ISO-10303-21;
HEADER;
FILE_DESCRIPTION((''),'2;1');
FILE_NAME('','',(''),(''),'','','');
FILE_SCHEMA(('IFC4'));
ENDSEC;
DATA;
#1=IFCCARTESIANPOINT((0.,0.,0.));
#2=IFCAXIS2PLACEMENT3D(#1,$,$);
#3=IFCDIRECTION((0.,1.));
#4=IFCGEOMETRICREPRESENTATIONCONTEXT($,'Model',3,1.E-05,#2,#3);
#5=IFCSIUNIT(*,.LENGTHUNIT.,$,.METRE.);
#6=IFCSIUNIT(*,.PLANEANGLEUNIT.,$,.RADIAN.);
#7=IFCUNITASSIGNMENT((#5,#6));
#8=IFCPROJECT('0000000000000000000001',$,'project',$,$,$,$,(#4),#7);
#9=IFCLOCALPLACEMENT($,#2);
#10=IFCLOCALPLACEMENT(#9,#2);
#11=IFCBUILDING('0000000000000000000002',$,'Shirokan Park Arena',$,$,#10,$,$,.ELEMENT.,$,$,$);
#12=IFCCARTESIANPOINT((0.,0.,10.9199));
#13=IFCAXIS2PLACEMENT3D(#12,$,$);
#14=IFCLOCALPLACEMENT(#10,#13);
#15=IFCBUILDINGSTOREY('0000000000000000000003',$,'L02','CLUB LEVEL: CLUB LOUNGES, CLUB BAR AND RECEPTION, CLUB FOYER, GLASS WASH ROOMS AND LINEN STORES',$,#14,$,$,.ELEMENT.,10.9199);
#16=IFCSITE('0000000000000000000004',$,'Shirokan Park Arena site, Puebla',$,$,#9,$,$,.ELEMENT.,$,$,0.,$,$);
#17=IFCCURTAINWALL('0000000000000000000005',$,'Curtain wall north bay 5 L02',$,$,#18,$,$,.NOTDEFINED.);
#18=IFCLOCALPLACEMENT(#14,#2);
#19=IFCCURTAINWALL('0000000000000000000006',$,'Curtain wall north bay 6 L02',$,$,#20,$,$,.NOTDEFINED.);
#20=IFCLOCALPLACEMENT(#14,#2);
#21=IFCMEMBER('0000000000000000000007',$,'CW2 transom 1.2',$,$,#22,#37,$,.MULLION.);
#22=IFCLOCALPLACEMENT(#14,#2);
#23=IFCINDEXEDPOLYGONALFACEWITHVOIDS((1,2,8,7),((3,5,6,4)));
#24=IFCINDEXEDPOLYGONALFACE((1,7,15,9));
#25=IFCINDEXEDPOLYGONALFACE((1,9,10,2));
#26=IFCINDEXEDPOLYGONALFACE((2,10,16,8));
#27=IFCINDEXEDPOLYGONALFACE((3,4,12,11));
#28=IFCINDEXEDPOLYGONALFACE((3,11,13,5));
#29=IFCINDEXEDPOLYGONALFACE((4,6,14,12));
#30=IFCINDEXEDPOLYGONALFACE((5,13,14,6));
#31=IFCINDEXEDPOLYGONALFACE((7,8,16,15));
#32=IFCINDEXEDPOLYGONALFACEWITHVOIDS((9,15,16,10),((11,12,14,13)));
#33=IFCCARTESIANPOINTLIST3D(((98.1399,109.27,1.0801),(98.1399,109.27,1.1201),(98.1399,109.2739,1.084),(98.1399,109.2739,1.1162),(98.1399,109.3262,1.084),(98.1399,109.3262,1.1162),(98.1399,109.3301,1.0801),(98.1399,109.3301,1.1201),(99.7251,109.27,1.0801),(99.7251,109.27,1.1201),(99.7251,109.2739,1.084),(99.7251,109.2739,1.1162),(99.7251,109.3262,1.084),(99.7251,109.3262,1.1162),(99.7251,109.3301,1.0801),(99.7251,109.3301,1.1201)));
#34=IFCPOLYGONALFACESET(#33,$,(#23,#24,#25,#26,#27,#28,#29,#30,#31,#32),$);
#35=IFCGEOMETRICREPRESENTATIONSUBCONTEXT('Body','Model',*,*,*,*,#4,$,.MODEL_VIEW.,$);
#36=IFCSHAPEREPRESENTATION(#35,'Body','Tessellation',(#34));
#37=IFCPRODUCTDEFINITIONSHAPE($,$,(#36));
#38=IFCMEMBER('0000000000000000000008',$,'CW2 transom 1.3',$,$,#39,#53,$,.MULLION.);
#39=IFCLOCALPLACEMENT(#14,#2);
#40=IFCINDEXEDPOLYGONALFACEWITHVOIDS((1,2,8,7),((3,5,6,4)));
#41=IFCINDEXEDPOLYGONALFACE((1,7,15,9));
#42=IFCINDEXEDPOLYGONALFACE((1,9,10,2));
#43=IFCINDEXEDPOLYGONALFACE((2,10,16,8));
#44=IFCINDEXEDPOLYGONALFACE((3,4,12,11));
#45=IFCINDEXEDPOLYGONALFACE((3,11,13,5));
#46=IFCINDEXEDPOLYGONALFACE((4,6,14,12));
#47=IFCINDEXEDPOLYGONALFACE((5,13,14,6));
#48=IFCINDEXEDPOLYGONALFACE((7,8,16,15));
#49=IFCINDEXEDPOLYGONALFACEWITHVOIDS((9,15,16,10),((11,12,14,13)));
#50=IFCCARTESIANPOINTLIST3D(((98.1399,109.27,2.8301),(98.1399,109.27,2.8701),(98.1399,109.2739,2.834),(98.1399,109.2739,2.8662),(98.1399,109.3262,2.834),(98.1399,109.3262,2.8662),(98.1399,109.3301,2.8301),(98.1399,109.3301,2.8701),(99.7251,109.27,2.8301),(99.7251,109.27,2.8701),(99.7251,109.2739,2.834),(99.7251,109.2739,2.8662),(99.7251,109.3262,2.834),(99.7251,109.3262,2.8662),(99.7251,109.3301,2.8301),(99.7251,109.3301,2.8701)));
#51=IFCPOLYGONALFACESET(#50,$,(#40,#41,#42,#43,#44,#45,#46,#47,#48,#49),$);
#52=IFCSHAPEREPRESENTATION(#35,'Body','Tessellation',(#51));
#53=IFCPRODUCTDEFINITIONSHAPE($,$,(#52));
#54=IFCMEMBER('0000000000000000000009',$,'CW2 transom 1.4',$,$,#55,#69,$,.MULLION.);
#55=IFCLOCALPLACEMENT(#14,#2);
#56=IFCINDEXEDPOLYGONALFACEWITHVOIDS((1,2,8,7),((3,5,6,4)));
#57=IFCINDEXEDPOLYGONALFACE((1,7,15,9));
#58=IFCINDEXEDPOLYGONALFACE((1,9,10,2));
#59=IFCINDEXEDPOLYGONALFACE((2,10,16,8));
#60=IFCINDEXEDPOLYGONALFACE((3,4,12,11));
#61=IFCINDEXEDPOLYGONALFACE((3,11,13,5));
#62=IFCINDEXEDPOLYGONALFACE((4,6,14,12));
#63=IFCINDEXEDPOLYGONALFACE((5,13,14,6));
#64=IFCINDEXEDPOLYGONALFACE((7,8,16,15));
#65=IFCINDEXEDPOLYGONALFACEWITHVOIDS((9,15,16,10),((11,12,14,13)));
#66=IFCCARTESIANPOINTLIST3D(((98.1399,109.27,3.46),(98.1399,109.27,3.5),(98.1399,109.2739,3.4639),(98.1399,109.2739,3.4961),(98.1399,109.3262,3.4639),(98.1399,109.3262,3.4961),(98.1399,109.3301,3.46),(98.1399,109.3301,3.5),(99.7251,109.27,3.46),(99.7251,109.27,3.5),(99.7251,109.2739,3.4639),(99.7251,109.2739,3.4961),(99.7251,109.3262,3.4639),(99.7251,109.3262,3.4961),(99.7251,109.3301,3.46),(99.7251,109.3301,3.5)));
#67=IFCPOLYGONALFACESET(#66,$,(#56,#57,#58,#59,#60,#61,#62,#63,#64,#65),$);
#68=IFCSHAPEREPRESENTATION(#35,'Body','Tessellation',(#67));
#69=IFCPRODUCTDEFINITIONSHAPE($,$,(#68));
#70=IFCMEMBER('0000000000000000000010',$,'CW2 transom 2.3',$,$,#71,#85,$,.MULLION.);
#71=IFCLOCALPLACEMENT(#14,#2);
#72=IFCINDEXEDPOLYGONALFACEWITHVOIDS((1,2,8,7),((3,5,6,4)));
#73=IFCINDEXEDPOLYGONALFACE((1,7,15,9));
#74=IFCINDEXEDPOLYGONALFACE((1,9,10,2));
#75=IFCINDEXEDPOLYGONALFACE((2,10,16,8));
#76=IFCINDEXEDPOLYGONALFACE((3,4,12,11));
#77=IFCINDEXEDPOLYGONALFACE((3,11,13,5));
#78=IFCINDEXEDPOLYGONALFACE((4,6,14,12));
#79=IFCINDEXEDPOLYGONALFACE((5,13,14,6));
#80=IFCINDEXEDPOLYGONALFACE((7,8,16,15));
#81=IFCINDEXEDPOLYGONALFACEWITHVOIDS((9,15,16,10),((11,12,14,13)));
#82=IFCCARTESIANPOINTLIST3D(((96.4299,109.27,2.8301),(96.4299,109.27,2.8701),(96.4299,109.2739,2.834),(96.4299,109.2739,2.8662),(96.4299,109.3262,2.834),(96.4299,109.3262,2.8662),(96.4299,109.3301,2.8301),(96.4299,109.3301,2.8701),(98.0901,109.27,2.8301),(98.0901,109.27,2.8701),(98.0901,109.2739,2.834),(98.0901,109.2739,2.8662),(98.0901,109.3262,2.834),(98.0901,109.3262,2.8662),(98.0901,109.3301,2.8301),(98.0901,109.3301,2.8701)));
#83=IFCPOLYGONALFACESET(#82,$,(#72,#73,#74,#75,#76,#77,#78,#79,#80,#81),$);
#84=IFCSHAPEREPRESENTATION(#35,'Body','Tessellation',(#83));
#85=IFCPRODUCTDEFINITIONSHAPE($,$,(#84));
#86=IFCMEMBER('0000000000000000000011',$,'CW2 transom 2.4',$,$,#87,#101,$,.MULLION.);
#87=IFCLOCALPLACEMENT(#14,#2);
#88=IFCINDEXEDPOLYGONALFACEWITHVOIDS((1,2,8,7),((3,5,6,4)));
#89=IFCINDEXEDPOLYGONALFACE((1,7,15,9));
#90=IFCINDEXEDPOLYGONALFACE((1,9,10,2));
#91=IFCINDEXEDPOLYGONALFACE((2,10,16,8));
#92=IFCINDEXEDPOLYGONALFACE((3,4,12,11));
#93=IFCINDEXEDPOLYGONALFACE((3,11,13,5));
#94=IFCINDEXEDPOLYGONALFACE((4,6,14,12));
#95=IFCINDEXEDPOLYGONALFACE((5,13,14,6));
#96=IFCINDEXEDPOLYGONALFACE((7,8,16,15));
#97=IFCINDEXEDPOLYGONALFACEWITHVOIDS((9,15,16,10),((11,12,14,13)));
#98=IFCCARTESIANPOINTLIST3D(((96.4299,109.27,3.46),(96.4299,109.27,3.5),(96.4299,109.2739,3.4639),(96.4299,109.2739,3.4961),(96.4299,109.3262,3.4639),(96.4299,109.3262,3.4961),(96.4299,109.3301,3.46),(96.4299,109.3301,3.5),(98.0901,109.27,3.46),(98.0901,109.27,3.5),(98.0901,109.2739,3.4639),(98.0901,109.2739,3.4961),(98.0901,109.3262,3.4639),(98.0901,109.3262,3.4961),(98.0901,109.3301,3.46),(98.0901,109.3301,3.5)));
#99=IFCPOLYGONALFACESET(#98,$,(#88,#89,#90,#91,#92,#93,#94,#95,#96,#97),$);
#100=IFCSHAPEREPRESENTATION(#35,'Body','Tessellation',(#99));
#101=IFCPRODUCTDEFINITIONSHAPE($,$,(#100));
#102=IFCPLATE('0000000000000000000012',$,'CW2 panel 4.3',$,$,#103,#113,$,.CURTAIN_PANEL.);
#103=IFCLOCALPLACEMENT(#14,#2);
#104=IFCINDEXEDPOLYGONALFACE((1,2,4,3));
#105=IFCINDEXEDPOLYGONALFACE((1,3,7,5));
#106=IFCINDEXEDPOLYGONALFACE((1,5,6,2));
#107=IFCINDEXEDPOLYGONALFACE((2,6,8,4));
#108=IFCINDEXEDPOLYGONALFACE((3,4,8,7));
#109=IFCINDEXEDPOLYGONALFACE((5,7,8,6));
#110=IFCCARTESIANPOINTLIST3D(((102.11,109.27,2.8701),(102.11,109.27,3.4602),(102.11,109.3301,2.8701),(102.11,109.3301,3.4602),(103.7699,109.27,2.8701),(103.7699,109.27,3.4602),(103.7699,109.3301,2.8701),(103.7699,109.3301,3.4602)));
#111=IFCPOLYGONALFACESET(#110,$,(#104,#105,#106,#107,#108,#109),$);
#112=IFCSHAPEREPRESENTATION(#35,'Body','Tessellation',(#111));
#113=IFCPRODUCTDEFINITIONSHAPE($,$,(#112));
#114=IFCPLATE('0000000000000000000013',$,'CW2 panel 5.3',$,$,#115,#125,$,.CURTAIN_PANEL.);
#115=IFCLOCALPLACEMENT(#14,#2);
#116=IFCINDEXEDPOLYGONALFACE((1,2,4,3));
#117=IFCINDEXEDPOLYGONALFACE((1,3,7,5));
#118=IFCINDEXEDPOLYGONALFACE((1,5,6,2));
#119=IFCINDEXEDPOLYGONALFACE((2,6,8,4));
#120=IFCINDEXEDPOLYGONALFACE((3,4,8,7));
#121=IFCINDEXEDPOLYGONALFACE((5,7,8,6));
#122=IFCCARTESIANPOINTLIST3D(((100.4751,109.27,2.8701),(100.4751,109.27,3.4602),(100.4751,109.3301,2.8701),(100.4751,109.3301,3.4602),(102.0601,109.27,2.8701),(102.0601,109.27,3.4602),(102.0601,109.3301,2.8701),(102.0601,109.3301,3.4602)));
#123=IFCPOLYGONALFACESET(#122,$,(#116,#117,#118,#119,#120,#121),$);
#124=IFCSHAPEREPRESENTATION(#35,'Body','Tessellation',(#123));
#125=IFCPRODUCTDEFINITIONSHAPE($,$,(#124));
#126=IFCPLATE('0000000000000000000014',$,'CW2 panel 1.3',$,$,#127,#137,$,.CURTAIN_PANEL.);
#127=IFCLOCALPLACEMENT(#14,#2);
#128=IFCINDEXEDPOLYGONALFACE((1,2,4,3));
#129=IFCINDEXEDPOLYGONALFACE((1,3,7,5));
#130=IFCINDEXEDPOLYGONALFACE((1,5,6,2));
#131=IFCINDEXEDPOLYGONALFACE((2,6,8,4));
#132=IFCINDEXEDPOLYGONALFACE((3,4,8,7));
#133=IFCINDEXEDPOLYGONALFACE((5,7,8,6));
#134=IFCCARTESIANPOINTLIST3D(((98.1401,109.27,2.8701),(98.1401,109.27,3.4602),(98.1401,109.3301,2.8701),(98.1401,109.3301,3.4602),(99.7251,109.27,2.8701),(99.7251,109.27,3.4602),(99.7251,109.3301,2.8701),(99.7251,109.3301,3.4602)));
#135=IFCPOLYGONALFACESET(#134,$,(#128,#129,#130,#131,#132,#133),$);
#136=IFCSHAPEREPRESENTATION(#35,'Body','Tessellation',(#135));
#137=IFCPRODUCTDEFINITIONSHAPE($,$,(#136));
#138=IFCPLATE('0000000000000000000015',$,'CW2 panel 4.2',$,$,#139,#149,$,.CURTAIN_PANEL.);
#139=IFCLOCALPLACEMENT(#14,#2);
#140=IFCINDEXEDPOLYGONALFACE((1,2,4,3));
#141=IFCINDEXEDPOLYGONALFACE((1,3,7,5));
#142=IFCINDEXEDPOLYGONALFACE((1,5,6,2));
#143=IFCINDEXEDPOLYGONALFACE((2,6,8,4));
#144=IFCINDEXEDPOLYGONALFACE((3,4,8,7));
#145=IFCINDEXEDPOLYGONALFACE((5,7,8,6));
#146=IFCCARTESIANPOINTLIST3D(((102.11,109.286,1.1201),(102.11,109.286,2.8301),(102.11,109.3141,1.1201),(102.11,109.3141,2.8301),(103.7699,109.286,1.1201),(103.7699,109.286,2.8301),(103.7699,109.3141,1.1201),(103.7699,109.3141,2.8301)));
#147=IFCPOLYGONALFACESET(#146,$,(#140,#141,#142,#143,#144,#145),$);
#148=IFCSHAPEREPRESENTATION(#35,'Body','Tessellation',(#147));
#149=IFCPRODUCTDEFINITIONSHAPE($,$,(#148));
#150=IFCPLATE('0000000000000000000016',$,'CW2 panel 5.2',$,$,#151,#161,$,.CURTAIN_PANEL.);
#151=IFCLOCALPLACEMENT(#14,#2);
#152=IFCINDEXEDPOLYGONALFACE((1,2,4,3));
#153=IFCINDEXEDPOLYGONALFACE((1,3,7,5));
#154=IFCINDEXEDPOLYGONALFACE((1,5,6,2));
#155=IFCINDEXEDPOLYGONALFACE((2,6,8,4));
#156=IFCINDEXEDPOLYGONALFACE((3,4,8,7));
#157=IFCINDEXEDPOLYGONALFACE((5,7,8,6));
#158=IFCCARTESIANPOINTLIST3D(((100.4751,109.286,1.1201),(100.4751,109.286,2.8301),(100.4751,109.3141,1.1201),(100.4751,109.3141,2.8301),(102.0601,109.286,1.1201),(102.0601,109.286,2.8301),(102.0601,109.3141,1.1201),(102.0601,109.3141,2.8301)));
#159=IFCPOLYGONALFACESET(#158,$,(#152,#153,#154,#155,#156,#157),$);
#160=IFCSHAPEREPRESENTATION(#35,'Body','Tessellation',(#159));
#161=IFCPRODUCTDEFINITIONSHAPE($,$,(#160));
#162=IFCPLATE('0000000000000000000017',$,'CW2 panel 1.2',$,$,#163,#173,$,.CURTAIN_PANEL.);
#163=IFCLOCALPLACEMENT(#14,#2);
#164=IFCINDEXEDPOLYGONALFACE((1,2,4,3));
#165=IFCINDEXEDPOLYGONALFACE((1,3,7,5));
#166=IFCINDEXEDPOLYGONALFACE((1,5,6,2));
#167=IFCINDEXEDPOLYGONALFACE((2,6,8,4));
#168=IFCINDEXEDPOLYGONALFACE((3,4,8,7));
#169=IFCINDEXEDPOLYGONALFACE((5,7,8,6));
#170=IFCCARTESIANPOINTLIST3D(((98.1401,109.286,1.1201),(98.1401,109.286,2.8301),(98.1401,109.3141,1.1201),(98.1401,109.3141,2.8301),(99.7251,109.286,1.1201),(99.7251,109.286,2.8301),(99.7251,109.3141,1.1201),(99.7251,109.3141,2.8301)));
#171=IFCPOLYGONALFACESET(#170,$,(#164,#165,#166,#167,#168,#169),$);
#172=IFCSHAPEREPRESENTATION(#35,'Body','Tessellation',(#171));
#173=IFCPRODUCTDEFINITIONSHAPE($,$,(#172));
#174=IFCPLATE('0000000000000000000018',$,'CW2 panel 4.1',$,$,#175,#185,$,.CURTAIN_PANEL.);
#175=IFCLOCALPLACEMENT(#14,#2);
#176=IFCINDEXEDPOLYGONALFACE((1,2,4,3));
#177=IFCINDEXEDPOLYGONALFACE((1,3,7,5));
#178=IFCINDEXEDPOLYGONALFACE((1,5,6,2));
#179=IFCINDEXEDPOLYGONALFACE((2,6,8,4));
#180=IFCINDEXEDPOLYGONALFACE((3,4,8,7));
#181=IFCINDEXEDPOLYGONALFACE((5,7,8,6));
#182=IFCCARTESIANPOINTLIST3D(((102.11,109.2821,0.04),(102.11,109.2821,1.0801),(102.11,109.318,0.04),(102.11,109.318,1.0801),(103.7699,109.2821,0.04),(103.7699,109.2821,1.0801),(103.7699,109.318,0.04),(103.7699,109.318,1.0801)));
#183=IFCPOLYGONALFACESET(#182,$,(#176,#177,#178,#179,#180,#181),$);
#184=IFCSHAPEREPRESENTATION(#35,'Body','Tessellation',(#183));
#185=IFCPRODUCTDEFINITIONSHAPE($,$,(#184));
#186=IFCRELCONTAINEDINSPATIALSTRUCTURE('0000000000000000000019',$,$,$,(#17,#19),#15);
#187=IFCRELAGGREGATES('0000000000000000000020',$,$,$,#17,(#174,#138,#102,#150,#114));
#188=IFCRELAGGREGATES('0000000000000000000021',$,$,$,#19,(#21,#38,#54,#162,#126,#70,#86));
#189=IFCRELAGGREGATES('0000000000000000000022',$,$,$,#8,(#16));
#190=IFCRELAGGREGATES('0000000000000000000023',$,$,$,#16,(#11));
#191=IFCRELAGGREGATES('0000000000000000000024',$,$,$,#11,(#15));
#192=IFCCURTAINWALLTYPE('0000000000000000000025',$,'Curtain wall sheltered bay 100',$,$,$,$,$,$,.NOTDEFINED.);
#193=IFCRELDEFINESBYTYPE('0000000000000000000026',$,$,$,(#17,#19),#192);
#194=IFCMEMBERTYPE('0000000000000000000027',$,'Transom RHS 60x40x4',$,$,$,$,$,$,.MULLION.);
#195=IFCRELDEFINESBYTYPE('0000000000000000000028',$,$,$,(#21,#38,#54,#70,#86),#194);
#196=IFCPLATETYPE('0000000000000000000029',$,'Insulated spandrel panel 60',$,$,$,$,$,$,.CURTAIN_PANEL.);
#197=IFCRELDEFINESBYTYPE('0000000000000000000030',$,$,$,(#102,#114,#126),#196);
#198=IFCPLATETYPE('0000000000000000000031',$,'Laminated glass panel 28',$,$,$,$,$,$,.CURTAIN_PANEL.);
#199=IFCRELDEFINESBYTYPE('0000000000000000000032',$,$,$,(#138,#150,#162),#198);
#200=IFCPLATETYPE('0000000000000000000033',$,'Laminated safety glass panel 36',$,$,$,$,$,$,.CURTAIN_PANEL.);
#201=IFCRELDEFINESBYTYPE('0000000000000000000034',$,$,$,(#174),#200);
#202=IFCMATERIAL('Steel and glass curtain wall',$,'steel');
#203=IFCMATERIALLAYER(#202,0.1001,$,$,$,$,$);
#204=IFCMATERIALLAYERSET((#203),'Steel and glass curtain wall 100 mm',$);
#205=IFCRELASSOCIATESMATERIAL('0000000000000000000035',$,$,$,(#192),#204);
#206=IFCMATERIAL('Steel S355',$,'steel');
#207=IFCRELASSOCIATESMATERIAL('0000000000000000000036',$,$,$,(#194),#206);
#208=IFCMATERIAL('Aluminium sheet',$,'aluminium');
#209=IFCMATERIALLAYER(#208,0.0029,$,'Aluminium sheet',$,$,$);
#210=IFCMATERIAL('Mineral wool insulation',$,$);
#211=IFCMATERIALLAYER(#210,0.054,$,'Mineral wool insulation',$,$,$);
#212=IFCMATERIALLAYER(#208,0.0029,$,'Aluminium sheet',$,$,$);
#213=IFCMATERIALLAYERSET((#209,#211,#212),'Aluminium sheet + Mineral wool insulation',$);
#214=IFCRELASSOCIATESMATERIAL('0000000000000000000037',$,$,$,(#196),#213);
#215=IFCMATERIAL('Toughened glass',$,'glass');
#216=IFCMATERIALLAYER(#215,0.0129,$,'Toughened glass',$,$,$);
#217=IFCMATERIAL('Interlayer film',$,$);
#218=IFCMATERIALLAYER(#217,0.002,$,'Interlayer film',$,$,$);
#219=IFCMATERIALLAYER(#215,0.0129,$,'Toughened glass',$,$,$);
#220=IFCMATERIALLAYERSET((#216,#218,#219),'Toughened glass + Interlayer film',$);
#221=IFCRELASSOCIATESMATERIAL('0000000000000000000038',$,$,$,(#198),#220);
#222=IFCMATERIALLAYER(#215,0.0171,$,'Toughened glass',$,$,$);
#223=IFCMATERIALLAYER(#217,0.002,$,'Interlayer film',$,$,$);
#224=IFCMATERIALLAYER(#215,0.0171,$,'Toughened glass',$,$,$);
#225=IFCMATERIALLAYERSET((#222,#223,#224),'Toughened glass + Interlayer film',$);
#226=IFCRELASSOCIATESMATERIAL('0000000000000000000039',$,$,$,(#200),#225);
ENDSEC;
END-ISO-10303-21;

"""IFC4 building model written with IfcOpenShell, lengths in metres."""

from ifc_helpers import new_model, si_unit, direction, frame, origin, origin_2d, place, context, subcontext, project, spatial, rectangle, hollow_rectangle, extrude, material, layer, layer_set, material_profile, profile_set, type_object, element, aggregate, save


model = new_model("IFC4")

# Units and contexts
model_context = context("Model", 3, precision=1e-05, world=origin(), true_north=direction((0.0, 1.0)))
body_context = subcontext(model_context, "Body", "Model", "MODEL_VIEW")
ifc_project = project(units=[si_unit("LENGTHUNIT", "METRE"), si_unit("PLANEANGLEUNIT", "RADIAN")], contexts=[model_context])

# Site, building, storey
site_placement = place(None, origin())
site = spatial("IfcSite", under=ifc_project, at=site_placement, Name="Shirokan Park Arena site, Puebla", CompositionType="ELEMENT", RefElevation=0.0)
building_placement = place(site_placement, origin())
building = spatial("IfcBuilding", under=site, at=building_placement, Name="Shirokan Park Arena", CompositionType="ELEMENT")
storey_placement = place(building_placement, frame((0.0, 0.0, 10.9199)))
storey = spatial("IfcBuildingStorey", under=building, at=storey_placement, Name="L02", Description="CLUB LEVEL: CLUB LOUNGES, CLUB BAR AND RECEPTION, CLUB FOYER, GLASS WASH ROOMS AND LINEN STORES", CompositionType="ELEMENT", Elevation=10.9199)

# Curtain walls
ifc_material_1 = material(Name="Steel and glass curtain wall", Category="steel")
ifc_layer_1 = layer(ifc_material_1, 0.1001)
ifc_layer_set_1 = layer_set([ifc_layer_1], Name="Steel and glass curtain wall 100 mm")
curtain_wall_type = type_object("IfcCurtainWallType", Name="Curtain wall sheltered bay 100", PredefinedType="NOTDEFINED", material=ifc_layer_set_1)
curtain_wall_1_placement = place(storey_placement, origin())
curtain_wall_1 = element("IfcCurtainWall", 1, at=curtain_wall_1_placement, inside=storey, type_object=curtain_wall_type, Name="Curtain wall north bay 5 L02", PredefinedType="NOTDEFINED")
ifc_material_2 = material(Name="Steel S355", Category="steel")
curtain_wall_2_placement = place(storey_placement, origin())
curtain_wall_2 = element("IfcCurtainWall", 2, at=curtain_wall_2_placement, inside=storey, type_object=curtain_wall_type, Name="Curtain wall north bay 6 L02", PredefinedType="NOTDEFINED")

# Members
ifc_material_profile_1 = material_profile(ifc_material_2, hollow_rectangle(XDim=0.0601, YDim=0.04, WallThickness=0.0039, at=origin_2d()), Name="RHS 60x40x4")
ifc_profile_set_1 = profile_set([ifc_material_profile_1], Name="Steel S355")
member_type_1 = type_object("IfcMemberType", Name="Transom RHS 60x40x4", PredefinedType="MULLION", material=ifc_profile_set_1)
member_1_placement = place(storey_placement, frame((99.7251, 109.3, 1.1001), z_axis=(-1.0, 0.0, 0.0), x_axis=(0.0, -1.0, 0.0)))
member_1 = element("IfcMember", 3, at=member_1_placement, type_object=member_type_1, Name="CW2 transom 1.2", PredefinedType="MULLION", context=body_context, shape_type="SweptSolid", body=[
    extrude(hollow_rectangle(XDim=0.0601, YDim=0.04, WallThickness=0.0039, at=origin_2d()), origin(), (0.0, 0.0, 1.0), 1.5852),
])
member_2_placement = place(storey_placement, frame((99.7251, 109.3, 2.8501), z_axis=(-1.0, 0.0, 0.0), x_axis=(0.0, -1.0, 0.0)))
member_2 = element("IfcMember", 4, at=member_2_placement, type_object=member_type_1, Name="CW2 transom 1.3", PredefinedType="MULLION", context=body_context, shape_type="SweptSolid", body=[
    extrude(hollow_rectangle(XDim=0.0601, YDim=0.04, WallThickness=0.0039, at=origin_2d()), origin(), (0.0, 0.0, 1.0), 1.5852),
])
member_3_placement = place(storey_placement, frame((99.7251, 109.3, 3.48), z_axis=(-1.0, 0.0, 0.0), x_axis=(0.0, -1.0, 0.0)))
member_3 = element("IfcMember", 5, at=member_3_placement, type_object=member_type_1, Name="CW2 transom 1.4", PredefinedType="MULLION", context=body_context, shape_type="SweptSolid", body=[
    extrude(hollow_rectangle(XDim=0.0601, YDim=0.04, WallThickness=0.0039, at=origin_2d()), origin(), (0.0, 0.0, 1.0), 1.5852),
])
member_4_placement = place(storey_placement, frame((98.0901, 109.3, 2.8501), z_axis=(-1.0, 0.0, 0.0), x_axis=(0.0, -1.0, 0.0)))
member_4 = element("IfcMember", 6, at=member_4_placement, type_object=member_type_1, Name="CW2 transom 2.3", PredefinedType="MULLION", context=body_context, shape_type="SweptSolid", body=[
    extrude(hollow_rectangle(XDim=0.0601, YDim=0.04, WallThickness=0.0039, at=origin_2d()), origin(), (0.0, 0.0, 1.0), 1.6602),
])
member_5_placement = place(storey_placement, frame((98.0901, 109.3, 3.48), z_axis=(-1.0, 0.0, 0.0), x_axis=(0.0, -1.0, 0.0)))
member_5 = element("IfcMember", 7, at=member_5_placement, type_object=member_type_1, Name="CW2 transom 2.4", PredefinedType="MULLION", context=body_context, shape_type="SweptSolid", body=[
    extrude(hollow_rectangle(XDim=0.0601, YDim=0.04, WallThickness=0.0039, at=origin_2d()), origin(), (0.0, 0.0, 1.0), 1.6602),
])

# Plates
ifc_material_3 = material(Name="Aluminium sheet", Category="aluminium")
ifc_layer_2 = layer(ifc_material_3, 0.0029, Name="Aluminium sheet")
ifc_material_4 = material(Name="Mineral wool insulation")
ifc_layer_3 = layer(ifc_material_4, 0.054, Name="Mineral wool insulation")
ifc_layer_4 = layer(ifc_material_3, 0.0029, Name="Aluminium sheet")
ifc_layer_set_2 = layer_set([ifc_layer_2, ifc_layer_3, ifc_layer_4], Name="Aluminium sheet + Mineral wool insulation")
plate_type_1 = type_object("IfcPlateType", Name="Insulated spandrel panel 60", PredefinedType="CURTAIN_PANEL", material=ifc_layer_set_2)
plate_1_placement = place(storey_placement, frame((102.9399, 109.3, 2.8701), z_axis=(0.0, 0.0, 1.0), x_axis=(-1.0, 0.0, 0.0)))
plate_1 = element("IfcPlate", 8, at=plate_1_placement, type_object=plate_type_1, Name="CW2 panel 4.3", PredefinedType="CURTAIN_PANEL", context=body_context, shape_type="SweptSolid", body=[
    extrude(rectangle(XDim=1.6599, YDim=0.0601, at=origin_2d()), origin(), (0.0, 0.0, 1.0), 0.5901),
])
plate_2_placement = place(storey_placement, frame((101.2676, 109.3, 2.8701), z_axis=(0.0, 0.0, 1.0), x_axis=(-1.0, 0.0, 0.0)))
plate_2 = element("IfcPlate", 9, at=plate_2_placement, type_object=plate_type_1, Name="CW2 panel 5.3", PredefinedType="CURTAIN_PANEL", context=body_context, shape_type="SweptSolid", body=[
    extrude(rectangle(XDim=1.585, YDim=0.0601, at=origin_2d()), origin(), (0.0, 0.0, 1.0), 0.5901),
])
plate_3_placement = place(storey_placement, frame((98.9326, 109.3, 2.8701), z_axis=(0.0, 0.0, 1.0), x_axis=(-1.0, 0.0, 0.0)))
plate_3 = element("IfcPlate", 10, at=plate_3_placement, type_object=plate_type_1, Name="CW2 panel 1.3", PredefinedType="CURTAIN_PANEL", context=body_context, shape_type="SweptSolid", body=[
    extrude(rectangle(XDim=1.585, YDim=0.0601, at=origin_2d()), origin(), (0.0, 0.0, 1.0), 0.5901),
])
ifc_material_5 = material(Name="Toughened glass", Category="glass")
ifc_layer_5 = layer(ifc_material_5, 0.0129, Name="Toughened glass")
ifc_material_6 = material(Name="Interlayer film")
ifc_layer_6 = layer(ifc_material_6, 0.002, Name="Interlayer film")
ifc_layer_7 = layer(ifc_material_5, 0.0129, Name="Toughened glass")
ifc_layer_set_3 = layer_set([ifc_layer_5, ifc_layer_6, ifc_layer_7], Name="Toughened glass + Interlayer film")
plate_type_2 = type_object("IfcPlateType", Name="Laminated glass panel 28", PredefinedType="CURTAIN_PANEL", material=ifc_layer_set_3)
plate_4_placement = place(storey_placement, frame((102.9399, 109.3, 1.1201), z_axis=(0.0, 0.0, 1.0), x_axis=(-1.0, 0.0, 0.0)))
plate_4 = element("IfcPlate", 11, at=plate_4_placement, type_object=plate_type_2, Name="CW2 panel 4.2", PredefinedType="CURTAIN_PANEL", context=body_context, shape_type="SweptSolid", body=[
    extrude(rectangle(XDim=1.6599, YDim=0.0281, at=origin_2d()), origin(), (0.0, 0.0, 1.0), 1.71),
])
plate_5_placement = place(storey_placement, frame((101.2676, 109.3, 1.1201), z_axis=(0.0, 0.0, 1.0), x_axis=(-1.0, 0.0, 0.0)))
plate_5 = element("IfcPlate", 12, at=plate_5_placement, type_object=plate_type_2, Name="CW2 panel 5.2", PredefinedType="CURTAIN_PANEL", context=body_context, shape_type="SweptSolid", body=[
    extrude(rectangle(XDim=1.585, YDim=0.0281, at=origin_2d()), origin(), (0.0, 0.0, 1.0), 1.71),
])
plate_6_placement = place(storey_placement, frame((98.9326, 109.3, 1.1201), z_axis=(0.0, 0.0, 1.0), x_axis=(-1.0, 0.0, 0.0)))
plate_6 = element("IfcPlate", 13, at=plate_6_placement, type_object=plate_type_2, Name="CW2 panel 1.2", PredefinedType="CURTAIN_PANEL", context=body_context, shape_type="SweptSolid", body=[
    extrude(rectangle(XDim=1.585, YDim=0.0281, at=origin_2d()), origin(), (0.0, 0.0, 1.0), 1.71),
])
ifc_layer_8 = layer(ifc_material_5, 0.0171, Name="Toughened glass")
ifc_layer_9 = layer(ifc_material_6, 0.002, Name="Interlayer film")
ifc_layer_10 = layer(ifc_material_5, 0.0171, Name="Toughened glass")
ifc_layer_set_4 = layer_set([ifc_layer_8, ifc_layer_9, ifc_layer_10], Name="Toughened glass + Interlayer film")
plate_type_3 = type_object("IfcPlateType", Name="Laminated safety glass panel 36", PredefinedType="CURTAIN_PANEL", material=ifc_layer_set_4)
plate_7_placement = place(storey_placement, frame((102.9399, 109.3, 0.04), z_axis=(0.0, 0.0, 1.0), x_axis=(-1.0, 0.0, 0.0)))
plate_7 = element("IfcPlate", 14, at=plate_7_placement, type_object=plate_type_3, Name="CW2 panel 4.1", PredefinedType="CURTAIN_PANEL", context=body_context, shape_type="SweptSolid", body=[
    extrude(rectangle(XDim=1.6599, YDim=0.0359, at=origin_2d()), origin(), (0.0, 0.0, 1.0), 1.04),
])
aggregate(curtain_wall_1, [plate_7, plate_4, plate_1, plate_5, plate_2])
aggregate(curtain_wall_2, [member_1, member_2, member_3, plate_6, plate_3, member_4, member_5])

save(model, "model.ifc")
